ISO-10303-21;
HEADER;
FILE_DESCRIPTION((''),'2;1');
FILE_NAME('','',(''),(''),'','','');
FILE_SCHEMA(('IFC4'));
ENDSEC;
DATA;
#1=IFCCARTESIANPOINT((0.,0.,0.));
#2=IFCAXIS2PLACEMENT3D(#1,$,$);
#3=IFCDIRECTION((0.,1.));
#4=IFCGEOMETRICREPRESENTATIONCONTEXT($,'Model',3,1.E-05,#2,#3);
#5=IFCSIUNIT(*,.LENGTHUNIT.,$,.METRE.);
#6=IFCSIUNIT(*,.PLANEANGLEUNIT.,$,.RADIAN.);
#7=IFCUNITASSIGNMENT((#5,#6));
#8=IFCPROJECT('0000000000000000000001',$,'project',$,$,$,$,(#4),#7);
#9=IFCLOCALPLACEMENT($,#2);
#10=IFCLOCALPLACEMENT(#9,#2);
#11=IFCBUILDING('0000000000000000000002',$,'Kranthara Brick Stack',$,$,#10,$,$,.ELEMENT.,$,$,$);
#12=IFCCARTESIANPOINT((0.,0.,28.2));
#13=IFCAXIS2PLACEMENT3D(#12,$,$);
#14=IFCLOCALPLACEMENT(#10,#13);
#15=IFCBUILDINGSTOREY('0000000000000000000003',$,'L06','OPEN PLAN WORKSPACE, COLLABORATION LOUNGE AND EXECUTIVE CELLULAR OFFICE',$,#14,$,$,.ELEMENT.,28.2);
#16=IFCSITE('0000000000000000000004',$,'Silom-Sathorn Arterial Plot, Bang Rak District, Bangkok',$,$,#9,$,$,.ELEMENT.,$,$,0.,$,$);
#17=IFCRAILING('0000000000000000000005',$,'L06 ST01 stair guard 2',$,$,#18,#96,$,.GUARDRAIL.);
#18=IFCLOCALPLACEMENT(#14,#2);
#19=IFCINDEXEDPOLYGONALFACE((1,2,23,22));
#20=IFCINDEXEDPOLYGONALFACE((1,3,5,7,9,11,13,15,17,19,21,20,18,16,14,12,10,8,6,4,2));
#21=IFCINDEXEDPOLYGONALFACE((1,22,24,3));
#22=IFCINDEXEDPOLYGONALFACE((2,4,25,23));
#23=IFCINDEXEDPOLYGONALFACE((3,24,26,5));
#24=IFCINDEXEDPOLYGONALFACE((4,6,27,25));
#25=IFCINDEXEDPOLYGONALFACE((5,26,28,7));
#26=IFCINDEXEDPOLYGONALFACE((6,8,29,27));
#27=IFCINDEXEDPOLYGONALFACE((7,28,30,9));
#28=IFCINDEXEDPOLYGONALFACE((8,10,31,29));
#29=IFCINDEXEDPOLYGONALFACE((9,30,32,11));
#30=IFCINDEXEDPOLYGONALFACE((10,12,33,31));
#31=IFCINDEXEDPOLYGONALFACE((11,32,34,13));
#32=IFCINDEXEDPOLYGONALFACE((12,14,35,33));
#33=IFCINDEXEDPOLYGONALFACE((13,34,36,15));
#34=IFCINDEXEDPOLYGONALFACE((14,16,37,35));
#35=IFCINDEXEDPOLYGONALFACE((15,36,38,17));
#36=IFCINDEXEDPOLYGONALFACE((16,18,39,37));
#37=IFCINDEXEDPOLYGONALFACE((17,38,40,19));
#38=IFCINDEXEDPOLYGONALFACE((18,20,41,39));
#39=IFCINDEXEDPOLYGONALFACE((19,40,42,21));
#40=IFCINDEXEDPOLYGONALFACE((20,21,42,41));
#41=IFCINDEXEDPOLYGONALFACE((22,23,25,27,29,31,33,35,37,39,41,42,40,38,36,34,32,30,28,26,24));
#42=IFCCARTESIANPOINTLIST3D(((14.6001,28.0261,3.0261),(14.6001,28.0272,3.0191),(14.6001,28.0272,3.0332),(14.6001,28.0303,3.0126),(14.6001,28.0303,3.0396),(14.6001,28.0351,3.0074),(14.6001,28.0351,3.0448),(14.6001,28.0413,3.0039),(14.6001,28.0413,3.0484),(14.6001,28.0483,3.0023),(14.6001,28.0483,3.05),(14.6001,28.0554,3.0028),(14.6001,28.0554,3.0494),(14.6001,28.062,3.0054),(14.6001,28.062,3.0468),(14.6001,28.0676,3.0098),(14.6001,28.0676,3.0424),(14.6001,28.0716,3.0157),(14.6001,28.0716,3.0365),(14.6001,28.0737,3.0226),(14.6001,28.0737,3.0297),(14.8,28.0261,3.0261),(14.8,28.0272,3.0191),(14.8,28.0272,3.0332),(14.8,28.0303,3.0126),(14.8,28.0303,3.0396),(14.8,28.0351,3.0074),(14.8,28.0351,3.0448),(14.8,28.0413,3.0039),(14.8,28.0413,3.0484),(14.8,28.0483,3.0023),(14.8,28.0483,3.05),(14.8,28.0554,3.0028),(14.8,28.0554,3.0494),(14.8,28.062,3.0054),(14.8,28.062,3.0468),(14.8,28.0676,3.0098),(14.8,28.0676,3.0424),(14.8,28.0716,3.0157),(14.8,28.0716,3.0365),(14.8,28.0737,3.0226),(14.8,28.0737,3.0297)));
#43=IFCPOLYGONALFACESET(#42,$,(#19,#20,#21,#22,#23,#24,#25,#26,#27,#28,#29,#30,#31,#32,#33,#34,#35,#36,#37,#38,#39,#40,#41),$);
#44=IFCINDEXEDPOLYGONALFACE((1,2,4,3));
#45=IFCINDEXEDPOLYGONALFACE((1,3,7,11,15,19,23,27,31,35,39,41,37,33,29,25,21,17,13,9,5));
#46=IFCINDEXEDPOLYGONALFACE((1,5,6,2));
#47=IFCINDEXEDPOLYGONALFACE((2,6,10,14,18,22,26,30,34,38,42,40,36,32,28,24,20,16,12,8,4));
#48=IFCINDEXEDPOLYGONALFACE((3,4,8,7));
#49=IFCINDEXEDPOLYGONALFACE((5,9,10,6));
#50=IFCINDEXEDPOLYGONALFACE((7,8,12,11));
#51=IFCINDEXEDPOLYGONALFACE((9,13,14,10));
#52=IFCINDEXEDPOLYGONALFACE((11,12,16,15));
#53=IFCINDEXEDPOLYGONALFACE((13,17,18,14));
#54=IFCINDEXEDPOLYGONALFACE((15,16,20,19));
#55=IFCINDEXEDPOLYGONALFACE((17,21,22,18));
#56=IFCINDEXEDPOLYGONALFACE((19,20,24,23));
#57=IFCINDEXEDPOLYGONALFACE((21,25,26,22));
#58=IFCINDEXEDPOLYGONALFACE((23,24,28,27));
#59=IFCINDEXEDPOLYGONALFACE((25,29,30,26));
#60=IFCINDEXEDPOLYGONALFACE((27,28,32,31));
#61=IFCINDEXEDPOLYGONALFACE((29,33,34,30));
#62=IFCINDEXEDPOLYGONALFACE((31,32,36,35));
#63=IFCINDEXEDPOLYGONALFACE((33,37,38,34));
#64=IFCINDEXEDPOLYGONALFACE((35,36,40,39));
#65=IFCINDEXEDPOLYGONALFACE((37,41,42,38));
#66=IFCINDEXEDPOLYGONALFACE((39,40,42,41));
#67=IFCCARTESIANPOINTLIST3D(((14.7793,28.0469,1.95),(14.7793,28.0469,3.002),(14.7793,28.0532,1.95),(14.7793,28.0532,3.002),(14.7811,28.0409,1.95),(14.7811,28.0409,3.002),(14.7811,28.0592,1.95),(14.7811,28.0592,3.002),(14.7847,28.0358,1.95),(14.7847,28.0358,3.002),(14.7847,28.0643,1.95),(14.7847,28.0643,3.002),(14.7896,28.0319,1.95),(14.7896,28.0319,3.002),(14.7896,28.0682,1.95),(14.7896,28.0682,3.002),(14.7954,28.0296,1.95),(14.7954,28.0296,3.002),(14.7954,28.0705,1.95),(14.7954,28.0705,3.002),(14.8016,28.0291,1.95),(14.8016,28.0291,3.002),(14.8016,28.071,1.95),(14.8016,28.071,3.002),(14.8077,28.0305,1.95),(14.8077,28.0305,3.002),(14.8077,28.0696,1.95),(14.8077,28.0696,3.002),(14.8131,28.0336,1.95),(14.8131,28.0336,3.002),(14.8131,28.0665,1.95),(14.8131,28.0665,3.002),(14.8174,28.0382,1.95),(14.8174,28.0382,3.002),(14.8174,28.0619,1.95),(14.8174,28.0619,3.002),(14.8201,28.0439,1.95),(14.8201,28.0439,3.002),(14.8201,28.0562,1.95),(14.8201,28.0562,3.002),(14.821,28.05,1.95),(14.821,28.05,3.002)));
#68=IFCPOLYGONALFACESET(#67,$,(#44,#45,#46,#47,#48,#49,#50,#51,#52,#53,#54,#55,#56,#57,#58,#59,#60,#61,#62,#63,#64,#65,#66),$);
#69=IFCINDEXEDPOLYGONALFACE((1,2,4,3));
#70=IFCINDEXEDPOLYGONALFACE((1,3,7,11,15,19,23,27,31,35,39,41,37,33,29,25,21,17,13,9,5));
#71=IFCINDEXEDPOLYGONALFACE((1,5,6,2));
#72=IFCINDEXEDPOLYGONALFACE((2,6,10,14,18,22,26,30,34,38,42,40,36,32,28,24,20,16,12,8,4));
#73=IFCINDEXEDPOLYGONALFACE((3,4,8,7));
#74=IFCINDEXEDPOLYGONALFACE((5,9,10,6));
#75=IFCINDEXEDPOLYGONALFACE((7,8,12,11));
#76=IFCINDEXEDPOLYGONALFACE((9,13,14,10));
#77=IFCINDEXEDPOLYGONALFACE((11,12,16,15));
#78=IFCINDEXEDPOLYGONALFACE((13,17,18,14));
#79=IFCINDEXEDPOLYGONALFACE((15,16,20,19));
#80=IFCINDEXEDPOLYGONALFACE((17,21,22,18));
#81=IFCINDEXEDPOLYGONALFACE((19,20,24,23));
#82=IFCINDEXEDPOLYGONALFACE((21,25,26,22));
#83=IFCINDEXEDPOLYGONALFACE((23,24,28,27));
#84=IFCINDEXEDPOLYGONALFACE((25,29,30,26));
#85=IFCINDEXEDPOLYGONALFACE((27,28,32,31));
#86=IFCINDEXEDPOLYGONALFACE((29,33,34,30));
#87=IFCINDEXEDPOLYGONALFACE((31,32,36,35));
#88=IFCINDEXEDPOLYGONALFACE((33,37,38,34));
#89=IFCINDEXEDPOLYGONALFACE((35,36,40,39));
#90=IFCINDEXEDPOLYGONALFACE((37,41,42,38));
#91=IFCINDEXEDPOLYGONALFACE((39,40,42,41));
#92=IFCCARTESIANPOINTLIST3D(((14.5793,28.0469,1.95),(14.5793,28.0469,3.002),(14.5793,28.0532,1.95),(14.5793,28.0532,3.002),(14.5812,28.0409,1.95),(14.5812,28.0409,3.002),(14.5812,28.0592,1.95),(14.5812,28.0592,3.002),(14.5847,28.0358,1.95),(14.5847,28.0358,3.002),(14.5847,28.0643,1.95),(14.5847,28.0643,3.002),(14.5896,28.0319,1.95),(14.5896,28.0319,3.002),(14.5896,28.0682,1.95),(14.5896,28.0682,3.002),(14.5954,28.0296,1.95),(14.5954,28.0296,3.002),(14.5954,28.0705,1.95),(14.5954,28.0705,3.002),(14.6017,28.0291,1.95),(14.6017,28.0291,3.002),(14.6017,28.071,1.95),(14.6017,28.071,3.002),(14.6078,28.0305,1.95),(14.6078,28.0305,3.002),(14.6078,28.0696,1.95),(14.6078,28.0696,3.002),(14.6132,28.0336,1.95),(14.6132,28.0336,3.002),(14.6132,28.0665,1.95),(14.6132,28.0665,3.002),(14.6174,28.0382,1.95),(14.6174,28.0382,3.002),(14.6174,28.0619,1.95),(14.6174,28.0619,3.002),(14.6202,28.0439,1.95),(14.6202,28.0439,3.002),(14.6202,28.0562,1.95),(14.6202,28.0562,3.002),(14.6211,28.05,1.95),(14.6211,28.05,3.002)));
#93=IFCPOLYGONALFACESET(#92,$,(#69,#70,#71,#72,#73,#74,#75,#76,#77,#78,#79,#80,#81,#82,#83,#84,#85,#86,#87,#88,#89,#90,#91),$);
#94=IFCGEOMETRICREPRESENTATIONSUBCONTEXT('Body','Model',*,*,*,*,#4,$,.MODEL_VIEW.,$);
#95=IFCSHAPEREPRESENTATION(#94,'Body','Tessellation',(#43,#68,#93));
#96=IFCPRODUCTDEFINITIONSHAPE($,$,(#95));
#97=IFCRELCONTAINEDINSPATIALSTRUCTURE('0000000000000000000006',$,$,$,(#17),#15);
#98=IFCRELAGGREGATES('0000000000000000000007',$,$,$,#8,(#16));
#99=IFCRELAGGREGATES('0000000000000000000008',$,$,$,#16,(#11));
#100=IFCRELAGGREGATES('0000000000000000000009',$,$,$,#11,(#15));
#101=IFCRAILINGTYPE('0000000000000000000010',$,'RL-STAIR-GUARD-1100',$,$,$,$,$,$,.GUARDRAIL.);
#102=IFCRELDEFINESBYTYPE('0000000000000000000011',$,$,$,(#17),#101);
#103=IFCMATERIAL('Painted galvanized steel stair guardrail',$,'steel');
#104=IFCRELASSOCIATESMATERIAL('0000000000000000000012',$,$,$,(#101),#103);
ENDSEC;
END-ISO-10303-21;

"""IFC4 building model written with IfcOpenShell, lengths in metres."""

from ifc_helpers import new_model, si_unit, direction, frame, origin, origin_2d, place, context, subcontext, project, spatial, circle, extrude, material, type_object, element, save


model = new_model("IFC4")

# Units and contexts
model_context = context("Model", 3, precision=1e-05, world=origin(), true_north=direction((0.0, 1.0)))
body_context = subcontext(model_context, "Body", "Model", "MODEL_VIEW")
ifc_project = project(units=[si_unit("LENGTHUNIT", "METRE"), si_unit("PLANEANGLEUNIT", "RADIAN")], contexts=[model_context])

# Site, building, storey
site_placement = place(None, origin())
site = spatial("IfcSite", under=ifc_project, at=site_placement, Name="Silom-Sathorn Arterial Plot, Bang Rak District, Bangkok", CompositionType="ELEMENT", RefElevation=0.0)
building_placement = place(site_placement, origin())
building = spatial("IfcBuilding", under=site, at=building_placement, Name="Kranthara Brick Stack", CompositionType="ELEMENT")
storey_placement = place(building_placement, frame((0.0, 0.0, 28.2)))
storey = spatial("IfcBuildingStorey", under=building, at=storey_placement, Name="L06", Description="OPEN PLAN WORKSPACE, COLLABORATION LOUNGE AND EXECUTIVE CELLULAR OFFICE", CompositionType="ELEMENT", Elevation=28.2)

# Railing
ifc_material_1 = material(Name="Painted galvanized steel stair guardrail", Category="steel")
railing_type_1 = type_object("IfcRailingType", Name="RL-STAIR-GUARD-1100", PredefinedType="GUARDRAIL", material=ifc_material_1)
railing_1_placement = place(storey_placement, frame((14.8, 28.05, 1.95)))
element("IfcRailing", 1, at=railing_1_placement, inside=storey, type_object=railing_type_1, Name="L06 ST01 stair guard 2", PredefinedType="GUARDRAIL", context=body_context, shape_type="SweptSolid", body=[
    extrude(circle(Radius=0.0239, at=origin_2d()), frame((0.0, 0.0, 1.0762), z_axis=(-1.0, 0.0, 0.0), x_axis=(0.0, -1.0, 0.0)), (0.0, 0.0, 1.0), 0.2),
    extrude(circle(Radius=0.021, at=origin_2d()), origin(), (0.0, 0.0, 1.0), 1.052),
    extrude(circle(Radius=0.021, at=origin_2d()), frame((-0.2, 0.0, 0.0)), (0.0, 0.0, 1.0), 1.052),
])

save(model, "model.ifc")
